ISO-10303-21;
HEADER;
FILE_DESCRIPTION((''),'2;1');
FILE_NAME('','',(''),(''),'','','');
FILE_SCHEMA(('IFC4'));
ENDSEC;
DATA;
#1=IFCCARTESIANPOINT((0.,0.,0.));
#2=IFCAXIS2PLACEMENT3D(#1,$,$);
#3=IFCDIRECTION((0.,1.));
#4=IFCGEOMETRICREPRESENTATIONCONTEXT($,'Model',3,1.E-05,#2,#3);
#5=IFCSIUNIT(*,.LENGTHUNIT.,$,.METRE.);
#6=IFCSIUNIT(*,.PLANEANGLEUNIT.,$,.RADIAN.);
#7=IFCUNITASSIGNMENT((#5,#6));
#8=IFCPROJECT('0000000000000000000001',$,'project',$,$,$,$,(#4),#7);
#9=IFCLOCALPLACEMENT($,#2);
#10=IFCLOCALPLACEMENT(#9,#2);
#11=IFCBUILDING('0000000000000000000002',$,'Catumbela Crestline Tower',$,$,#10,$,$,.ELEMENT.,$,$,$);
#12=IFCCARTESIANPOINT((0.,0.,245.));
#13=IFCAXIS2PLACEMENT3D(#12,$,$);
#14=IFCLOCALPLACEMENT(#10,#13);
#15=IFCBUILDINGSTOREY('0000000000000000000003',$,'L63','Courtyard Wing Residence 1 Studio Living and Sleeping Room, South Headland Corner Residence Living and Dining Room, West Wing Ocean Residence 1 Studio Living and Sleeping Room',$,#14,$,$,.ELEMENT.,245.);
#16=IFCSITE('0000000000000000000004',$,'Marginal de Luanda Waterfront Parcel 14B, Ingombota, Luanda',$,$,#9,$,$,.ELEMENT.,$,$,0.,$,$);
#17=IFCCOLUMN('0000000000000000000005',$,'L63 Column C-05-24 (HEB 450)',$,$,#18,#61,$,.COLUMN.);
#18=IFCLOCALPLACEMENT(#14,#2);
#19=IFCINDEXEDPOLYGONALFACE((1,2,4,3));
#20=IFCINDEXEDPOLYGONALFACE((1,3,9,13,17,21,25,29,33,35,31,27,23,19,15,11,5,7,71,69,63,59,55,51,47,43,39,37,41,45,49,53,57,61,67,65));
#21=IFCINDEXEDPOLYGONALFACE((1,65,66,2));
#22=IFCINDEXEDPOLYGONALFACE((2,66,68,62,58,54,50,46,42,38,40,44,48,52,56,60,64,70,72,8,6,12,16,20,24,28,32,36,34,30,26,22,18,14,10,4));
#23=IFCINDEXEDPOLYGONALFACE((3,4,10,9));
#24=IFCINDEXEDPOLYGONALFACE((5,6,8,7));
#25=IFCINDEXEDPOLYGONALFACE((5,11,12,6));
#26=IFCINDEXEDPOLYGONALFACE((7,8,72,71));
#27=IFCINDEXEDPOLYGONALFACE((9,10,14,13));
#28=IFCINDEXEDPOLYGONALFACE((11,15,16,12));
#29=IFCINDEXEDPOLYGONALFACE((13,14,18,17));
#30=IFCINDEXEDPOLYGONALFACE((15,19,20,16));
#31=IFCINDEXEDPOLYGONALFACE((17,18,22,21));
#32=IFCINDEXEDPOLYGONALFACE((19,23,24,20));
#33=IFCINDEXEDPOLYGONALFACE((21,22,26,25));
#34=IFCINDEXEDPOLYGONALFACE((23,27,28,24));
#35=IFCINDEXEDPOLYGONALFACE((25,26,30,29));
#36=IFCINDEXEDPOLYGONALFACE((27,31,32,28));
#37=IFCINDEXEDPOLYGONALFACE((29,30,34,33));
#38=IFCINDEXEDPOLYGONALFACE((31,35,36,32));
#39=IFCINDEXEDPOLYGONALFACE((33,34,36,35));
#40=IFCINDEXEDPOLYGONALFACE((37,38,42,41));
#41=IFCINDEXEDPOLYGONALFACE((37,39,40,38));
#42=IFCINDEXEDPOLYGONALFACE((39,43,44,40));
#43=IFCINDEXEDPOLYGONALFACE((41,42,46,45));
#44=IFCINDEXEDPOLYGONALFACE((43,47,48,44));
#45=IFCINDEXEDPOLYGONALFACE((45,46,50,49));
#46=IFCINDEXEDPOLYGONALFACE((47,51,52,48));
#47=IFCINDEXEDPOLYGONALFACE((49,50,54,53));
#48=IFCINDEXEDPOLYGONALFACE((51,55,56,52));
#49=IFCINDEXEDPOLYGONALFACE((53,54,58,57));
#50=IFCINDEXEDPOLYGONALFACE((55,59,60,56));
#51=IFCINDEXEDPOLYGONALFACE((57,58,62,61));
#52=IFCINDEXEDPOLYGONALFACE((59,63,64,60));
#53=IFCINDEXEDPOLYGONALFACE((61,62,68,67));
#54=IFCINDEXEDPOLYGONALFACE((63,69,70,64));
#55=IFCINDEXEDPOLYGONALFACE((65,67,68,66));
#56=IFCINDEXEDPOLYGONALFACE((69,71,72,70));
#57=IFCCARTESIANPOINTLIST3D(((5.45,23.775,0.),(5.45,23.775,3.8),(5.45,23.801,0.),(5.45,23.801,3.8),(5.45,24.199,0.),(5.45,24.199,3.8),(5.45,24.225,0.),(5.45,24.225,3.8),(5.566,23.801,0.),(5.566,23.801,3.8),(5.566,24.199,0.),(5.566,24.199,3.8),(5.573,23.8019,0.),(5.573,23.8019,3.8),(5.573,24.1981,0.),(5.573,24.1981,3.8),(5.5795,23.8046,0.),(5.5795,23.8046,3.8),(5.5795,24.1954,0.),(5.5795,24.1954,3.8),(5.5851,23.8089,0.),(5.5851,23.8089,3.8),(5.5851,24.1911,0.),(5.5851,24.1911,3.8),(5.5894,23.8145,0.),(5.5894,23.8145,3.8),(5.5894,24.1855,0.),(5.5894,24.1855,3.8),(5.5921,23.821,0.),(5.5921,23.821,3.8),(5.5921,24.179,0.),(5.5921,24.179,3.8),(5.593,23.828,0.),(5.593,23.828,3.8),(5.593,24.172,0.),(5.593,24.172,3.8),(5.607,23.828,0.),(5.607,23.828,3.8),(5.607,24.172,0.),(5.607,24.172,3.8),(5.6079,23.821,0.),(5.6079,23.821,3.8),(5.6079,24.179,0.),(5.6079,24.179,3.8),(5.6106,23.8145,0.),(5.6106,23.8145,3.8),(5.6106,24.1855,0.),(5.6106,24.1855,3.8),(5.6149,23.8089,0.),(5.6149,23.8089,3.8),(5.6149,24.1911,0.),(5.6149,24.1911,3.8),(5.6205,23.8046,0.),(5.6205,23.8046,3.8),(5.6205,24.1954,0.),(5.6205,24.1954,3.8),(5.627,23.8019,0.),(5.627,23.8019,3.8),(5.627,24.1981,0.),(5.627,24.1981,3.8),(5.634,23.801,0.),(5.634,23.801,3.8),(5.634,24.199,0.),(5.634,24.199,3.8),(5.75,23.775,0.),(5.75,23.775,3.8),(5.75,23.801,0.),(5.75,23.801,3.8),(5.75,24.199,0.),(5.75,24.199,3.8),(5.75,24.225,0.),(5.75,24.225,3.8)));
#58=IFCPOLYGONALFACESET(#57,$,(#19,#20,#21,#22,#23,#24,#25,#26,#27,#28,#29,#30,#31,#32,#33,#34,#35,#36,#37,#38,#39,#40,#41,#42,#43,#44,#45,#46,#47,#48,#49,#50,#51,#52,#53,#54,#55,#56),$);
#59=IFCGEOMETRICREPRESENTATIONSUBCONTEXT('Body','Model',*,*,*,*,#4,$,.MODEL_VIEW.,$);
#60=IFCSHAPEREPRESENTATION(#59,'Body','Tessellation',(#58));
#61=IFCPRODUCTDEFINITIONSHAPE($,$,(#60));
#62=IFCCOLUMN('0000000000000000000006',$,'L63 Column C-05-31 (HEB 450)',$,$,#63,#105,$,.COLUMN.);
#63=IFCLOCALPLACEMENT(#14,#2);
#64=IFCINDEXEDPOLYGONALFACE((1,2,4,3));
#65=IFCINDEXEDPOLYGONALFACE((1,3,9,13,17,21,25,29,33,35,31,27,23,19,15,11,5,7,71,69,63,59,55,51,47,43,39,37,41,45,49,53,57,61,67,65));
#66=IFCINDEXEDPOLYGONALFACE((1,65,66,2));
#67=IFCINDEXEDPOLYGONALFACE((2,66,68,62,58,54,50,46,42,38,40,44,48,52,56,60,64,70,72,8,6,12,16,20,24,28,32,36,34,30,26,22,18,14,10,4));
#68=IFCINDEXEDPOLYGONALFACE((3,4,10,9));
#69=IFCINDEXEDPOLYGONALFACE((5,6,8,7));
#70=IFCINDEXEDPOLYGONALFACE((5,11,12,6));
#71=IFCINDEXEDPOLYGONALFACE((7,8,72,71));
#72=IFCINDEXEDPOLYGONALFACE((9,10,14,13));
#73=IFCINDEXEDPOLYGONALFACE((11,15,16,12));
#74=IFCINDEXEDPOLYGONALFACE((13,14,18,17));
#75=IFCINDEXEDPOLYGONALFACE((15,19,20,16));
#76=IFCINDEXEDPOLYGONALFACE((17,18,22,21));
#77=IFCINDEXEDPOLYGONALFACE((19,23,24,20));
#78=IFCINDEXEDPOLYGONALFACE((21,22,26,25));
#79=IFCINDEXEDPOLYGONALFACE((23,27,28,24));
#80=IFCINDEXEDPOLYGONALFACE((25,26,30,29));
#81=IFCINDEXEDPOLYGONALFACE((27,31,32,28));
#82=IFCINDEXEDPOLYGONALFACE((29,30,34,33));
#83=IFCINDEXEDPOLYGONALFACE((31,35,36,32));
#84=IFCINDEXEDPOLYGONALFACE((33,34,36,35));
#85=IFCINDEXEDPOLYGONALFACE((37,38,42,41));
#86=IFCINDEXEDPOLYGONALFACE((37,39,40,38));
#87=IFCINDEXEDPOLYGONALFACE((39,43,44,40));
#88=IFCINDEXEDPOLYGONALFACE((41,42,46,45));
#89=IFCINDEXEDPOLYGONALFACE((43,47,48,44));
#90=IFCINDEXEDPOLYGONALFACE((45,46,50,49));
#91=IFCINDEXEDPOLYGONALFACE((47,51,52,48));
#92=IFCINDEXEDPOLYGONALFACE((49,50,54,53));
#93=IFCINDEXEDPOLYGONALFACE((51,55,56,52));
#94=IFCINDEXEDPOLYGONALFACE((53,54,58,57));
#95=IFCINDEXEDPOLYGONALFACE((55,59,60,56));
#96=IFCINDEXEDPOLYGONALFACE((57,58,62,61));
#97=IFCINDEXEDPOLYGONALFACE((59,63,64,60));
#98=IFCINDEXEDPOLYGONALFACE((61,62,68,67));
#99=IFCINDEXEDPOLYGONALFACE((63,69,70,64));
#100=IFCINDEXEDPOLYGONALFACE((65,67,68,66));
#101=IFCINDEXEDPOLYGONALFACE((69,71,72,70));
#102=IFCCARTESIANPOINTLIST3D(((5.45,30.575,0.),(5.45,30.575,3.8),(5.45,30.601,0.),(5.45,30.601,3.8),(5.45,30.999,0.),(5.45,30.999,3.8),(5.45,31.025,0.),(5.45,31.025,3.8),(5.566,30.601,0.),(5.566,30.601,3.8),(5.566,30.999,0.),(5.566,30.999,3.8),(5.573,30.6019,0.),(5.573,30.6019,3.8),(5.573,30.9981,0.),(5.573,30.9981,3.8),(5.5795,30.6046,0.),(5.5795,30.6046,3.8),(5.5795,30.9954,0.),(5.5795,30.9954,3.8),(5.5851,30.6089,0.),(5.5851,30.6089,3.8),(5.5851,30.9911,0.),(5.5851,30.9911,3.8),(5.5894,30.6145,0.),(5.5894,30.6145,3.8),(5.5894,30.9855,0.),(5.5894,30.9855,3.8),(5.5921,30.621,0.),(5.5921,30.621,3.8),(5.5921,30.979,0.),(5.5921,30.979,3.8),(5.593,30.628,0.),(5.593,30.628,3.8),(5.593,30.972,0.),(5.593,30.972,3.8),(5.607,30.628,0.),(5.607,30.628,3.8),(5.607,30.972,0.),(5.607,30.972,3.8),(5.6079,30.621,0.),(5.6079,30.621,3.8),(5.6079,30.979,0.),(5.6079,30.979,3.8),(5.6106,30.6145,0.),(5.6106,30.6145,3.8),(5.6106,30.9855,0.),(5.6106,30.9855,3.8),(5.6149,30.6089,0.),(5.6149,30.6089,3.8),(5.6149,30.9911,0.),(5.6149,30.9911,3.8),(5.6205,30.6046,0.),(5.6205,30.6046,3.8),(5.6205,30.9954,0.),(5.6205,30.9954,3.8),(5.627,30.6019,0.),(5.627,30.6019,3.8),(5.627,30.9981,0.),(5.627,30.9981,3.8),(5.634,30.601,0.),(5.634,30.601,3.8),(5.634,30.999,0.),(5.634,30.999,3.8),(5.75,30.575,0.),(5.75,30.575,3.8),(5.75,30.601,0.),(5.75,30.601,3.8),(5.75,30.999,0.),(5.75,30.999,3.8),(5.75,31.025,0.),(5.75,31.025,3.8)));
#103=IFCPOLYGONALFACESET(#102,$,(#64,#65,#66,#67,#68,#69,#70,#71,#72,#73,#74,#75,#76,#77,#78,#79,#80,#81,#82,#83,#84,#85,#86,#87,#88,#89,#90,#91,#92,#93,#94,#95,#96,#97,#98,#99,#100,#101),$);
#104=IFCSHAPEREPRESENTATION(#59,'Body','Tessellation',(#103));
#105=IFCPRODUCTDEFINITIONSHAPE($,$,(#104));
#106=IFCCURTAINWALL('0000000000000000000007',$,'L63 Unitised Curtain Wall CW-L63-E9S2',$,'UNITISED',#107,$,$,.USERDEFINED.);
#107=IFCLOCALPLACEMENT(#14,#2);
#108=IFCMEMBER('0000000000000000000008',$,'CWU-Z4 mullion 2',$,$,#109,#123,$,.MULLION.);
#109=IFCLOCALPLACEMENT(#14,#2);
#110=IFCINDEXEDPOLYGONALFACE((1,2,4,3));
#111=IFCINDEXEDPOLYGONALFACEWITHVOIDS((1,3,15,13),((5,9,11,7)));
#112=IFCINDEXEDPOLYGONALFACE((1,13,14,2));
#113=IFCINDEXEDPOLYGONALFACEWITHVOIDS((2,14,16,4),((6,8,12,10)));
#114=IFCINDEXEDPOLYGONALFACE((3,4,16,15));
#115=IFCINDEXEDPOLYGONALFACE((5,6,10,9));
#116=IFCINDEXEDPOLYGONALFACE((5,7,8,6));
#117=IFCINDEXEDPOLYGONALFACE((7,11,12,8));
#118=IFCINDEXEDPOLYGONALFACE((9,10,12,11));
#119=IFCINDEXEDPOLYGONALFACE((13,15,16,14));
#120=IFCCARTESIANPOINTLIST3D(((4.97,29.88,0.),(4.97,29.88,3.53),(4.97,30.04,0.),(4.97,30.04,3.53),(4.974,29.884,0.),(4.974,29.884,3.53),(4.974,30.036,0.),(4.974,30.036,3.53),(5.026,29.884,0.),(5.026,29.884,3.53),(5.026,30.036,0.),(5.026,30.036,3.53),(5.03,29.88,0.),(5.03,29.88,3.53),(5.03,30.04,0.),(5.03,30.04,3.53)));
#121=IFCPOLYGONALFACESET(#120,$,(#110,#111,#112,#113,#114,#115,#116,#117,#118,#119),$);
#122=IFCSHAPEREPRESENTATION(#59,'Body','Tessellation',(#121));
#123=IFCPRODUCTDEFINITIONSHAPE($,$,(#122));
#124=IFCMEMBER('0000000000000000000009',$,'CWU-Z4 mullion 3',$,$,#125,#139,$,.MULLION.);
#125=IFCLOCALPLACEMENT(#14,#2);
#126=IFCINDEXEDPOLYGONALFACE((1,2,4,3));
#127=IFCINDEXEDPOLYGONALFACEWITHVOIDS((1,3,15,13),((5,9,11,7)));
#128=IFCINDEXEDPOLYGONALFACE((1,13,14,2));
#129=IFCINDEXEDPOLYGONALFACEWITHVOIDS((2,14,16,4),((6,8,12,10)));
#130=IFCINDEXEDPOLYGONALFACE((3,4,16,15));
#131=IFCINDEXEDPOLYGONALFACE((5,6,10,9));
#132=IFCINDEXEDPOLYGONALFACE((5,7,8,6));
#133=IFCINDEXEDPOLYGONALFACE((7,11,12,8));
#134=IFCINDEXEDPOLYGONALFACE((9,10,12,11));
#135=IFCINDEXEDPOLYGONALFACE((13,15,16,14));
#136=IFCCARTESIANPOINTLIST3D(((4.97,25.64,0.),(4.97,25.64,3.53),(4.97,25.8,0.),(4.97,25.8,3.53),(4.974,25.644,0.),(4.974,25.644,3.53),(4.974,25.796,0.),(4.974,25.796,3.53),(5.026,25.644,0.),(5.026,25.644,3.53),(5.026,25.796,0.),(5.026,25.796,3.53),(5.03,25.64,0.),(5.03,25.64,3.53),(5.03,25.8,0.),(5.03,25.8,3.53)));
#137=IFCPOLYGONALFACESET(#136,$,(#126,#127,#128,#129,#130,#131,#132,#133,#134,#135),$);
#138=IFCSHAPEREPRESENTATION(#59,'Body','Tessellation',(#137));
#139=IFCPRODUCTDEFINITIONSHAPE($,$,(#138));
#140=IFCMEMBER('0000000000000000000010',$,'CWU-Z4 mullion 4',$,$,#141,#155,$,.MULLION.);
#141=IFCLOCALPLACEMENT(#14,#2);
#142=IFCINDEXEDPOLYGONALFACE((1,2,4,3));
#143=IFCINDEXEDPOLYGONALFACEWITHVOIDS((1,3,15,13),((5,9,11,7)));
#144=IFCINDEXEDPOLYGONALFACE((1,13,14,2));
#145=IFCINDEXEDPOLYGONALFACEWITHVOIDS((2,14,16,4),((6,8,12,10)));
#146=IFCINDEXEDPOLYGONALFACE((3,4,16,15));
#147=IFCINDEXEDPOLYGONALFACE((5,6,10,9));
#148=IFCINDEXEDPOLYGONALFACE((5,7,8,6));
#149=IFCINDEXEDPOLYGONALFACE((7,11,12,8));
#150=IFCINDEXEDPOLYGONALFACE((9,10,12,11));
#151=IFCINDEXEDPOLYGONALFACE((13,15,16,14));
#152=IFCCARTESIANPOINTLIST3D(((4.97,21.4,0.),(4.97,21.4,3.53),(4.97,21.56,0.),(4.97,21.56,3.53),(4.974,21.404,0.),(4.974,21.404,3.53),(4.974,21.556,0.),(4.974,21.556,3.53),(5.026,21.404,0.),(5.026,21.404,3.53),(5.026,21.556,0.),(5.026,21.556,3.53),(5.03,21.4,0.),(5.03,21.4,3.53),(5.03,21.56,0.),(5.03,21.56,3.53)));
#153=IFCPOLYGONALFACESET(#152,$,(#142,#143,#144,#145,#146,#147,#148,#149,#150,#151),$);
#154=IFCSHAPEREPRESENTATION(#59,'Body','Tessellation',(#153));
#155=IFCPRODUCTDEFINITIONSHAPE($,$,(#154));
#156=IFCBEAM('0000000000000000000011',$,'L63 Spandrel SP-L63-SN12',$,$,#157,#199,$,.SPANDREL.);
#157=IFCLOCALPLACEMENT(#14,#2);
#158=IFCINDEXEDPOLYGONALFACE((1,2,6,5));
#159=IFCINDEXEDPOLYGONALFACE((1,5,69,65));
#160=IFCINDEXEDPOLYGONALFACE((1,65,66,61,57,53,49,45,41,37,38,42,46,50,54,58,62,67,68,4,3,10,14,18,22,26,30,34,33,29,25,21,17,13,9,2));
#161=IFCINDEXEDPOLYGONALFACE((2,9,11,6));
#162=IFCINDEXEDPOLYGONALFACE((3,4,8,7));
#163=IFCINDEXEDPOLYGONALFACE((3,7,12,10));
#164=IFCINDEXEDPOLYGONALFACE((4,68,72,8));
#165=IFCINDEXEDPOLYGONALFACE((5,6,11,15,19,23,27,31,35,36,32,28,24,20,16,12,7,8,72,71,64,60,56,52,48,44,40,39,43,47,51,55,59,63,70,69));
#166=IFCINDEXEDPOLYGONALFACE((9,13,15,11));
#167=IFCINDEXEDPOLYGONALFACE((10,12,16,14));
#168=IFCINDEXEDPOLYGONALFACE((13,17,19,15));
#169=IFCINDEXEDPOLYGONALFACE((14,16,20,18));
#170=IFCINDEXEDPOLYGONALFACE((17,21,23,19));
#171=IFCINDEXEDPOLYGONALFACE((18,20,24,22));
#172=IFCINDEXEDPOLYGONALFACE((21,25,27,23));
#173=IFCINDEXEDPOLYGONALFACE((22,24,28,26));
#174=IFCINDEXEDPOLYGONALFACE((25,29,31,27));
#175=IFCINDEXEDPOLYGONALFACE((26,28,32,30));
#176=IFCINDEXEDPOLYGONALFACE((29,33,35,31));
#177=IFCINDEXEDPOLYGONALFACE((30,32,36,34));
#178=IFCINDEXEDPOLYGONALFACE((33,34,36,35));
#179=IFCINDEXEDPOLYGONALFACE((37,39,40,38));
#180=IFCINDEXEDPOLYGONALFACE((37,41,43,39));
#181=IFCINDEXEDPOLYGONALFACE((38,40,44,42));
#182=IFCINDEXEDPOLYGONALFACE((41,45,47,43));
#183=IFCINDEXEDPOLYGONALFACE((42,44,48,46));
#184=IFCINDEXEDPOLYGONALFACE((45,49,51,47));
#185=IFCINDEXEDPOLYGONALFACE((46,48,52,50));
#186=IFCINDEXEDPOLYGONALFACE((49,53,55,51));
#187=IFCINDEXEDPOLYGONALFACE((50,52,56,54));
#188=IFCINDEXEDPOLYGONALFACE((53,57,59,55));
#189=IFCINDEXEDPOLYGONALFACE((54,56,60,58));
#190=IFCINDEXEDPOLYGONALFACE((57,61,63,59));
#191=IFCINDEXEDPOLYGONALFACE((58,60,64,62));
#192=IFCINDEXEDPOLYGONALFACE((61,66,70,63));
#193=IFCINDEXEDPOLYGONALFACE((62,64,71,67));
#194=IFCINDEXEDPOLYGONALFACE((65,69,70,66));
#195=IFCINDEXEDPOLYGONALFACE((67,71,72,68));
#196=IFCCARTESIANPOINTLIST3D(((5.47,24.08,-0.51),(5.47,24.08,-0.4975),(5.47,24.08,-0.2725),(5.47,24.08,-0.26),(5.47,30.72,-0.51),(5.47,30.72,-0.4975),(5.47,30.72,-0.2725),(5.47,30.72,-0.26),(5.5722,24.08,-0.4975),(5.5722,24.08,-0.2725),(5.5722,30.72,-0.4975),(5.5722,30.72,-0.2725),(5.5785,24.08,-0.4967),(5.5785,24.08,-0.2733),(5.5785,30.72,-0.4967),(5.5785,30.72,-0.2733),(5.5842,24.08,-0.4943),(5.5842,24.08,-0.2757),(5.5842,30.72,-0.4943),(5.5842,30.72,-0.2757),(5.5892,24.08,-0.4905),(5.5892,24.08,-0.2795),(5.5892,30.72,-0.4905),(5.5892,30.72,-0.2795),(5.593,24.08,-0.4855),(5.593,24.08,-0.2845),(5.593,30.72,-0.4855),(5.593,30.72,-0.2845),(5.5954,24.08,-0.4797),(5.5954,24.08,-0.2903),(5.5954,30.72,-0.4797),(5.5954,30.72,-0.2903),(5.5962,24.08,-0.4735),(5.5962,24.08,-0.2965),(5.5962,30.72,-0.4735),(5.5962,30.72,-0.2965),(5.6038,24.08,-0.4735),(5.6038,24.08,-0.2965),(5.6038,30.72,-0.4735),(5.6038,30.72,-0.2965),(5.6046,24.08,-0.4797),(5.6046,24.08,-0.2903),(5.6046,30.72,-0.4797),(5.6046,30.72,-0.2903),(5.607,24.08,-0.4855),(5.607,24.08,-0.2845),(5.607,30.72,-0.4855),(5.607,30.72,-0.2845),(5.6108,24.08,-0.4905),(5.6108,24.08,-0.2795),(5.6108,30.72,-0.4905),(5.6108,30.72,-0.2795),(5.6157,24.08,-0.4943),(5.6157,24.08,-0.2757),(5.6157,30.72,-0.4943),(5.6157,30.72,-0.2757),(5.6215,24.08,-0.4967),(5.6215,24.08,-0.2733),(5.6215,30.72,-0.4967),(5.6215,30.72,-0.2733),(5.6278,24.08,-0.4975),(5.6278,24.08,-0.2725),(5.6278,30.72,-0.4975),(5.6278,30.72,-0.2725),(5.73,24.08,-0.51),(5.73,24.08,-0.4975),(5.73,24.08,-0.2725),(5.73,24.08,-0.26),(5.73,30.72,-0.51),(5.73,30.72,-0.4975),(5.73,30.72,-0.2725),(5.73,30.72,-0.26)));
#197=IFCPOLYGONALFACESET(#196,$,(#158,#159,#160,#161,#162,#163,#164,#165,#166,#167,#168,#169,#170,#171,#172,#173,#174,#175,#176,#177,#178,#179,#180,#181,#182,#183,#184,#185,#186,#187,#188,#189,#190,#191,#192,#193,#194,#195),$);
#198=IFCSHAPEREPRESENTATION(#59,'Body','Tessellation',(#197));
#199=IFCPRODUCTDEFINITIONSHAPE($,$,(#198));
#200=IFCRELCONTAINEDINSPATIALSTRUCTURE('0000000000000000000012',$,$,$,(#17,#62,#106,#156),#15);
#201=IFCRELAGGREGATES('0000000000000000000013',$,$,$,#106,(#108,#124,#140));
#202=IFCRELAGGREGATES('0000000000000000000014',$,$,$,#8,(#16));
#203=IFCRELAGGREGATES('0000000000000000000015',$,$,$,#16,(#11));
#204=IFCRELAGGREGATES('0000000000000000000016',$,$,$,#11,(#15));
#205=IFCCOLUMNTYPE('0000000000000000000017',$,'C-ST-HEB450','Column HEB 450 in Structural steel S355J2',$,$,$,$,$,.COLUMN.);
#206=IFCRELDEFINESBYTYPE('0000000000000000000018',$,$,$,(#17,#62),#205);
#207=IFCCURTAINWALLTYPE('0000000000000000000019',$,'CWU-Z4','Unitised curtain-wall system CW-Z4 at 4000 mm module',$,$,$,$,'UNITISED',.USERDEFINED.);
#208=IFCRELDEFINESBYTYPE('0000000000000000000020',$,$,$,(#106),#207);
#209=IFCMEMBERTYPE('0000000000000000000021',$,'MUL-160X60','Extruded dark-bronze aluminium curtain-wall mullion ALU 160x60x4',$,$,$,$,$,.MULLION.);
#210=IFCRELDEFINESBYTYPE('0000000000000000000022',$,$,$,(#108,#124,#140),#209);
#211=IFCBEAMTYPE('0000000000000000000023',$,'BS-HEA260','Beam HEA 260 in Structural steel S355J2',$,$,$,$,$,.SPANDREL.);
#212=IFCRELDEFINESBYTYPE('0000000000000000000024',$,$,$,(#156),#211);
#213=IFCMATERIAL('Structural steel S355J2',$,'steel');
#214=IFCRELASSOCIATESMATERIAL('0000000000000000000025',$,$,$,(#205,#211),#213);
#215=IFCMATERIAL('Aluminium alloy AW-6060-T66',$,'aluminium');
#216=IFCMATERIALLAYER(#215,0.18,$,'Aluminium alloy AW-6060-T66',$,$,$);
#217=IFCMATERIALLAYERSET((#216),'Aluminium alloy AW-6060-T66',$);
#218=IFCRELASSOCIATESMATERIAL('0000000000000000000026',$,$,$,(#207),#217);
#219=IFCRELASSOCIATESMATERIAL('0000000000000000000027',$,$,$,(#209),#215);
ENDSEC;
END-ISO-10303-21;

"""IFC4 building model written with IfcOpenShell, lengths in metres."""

from ifc_helpers import new_model, si_unit, direction, frame, origin, origin_2d, place, context, subcontext, project, spatial, hollow_rectangle, i_section, extrude, material, layer, layer_set, material_profile, profile_set, type_object, element, aggregate, save


model = new_model("IFC4")

# Units and contexts
model_context = context("Model", 3, precision=1e-05, world=origin(), true_north=direction((0.0, 1.0)))
body_context = subcontext(model_context, "Body", "Model", "MODEL_VIEW")
ifc_project = project(units=[si_unit("LENGTHUNIT", "METRE"), si_unit("PLANEANGLEUNIT", "RADIAN")], contexts=[model_context])

# Site, building, storey
site_placement = place(None, origin())
site = spatial("IfcSite", under=ifc_project, at=site_placement, Name="Marginal de Luanda Waterfront Parcel 14B, Ingombota, Luanda", CompositionType="ELEMENT", RefElevation=0.0)
building_placement = place(site_placement, origin())
building = spatial("IfcBuilding", under=site, at=building_placement, Name="Catumbela Crestline Tower", CompositionType="ELEMENT")
storey_placement = place(building_placement, frame((0.0, 0.0, 245.0)))
storey = spatial("IfcBuildingStorey", under=building, at=storey_placement, Name="L63", Description="Courtyard Wing Residence 1 Studio Living and Sleeping Room, South Headland Corner Residence Living and Dining Room, West Wing Ocean Residence 1 Studio Living and Sleeping Room", CompositionType="ELEMENT", Elevation=245.0)

# Columns
ifc_material_1 = material(Name="Structural steel S355J2", Category="steel")
ifc_material_profile_1 = material_profile(ifc_material_1, i_section(OverallWidth=0.3, OverallDepth=0.45, WebThickness=0.014, FlangeThickness=0.026, FilletRadius=0.027, at=origin_2d()), Name="HEB 450")
ifc_profile_set_1 = profile_set([ifc_material_profile_1], Name="Structural steel S355J2")
column_type = type_object("IfcColumnType", Name="C-ST-HEB450", Description="Column HEB 450 in Structural steel S355J2", PredefinedType="COLUMN", material=ifc_profile_set_1)
for number, where, z_axis, x_axis, name in (
    (1, (5.6, 24.0, 0.0), (0.0, 0.0, 1.0), (1.0, 0.0, 0.0), "L63 Column C-05-24 (HEB 450)"),
    (2, (5.6, 30.8, 0.0), (0.0, 0.0, 1.0), (1.0, 0.0, 0.0), "L63 Column C-05-31 (HEB 450)"),
):
    element("IfcColumn", number, at=place(storey_placement, frame(where, z_axis=z_axis, x_axis=x_axis)), inside=storey, type_object=column_type, Name=name, PredefinedType="COLUMN", context=body_context, shape_type="SweptSolid", body=[
        extrude(i_section(OverallWidth=0.3, OverallDepth=0.45, WebThickness=0.014, FlangeThickness=0.026, FilletRadius=0.027, at=origin_2d()), origin(), (0.0, 0.0, 1.0), 3.8),
    ])

# Curtain wall, members
ifc_material_2 = material(Name="Aluminium alloy AW-6060-T66", Category="aluminium")
ifc_layer_1 = layer(ifc_material_2, 0.18, Name="Aluminium alloy AW-6060-T66")
ifc_layer_set_1 = layer_set([ifc_layer_1], Name="Aluminium alloy AW-6060-T66")
curtain_wall_type = type_object("IfcCurtainWallType", Name="CWU-Z4", Description="Unitised curtain-wall system CW-Z4 at 4000 mm module", ElementType="UNITISED", PredefinedType="USERDEFINED", material=ifc_layer_set_1)
curtain_wall_placement = place(storey_placement, origin())
curtain_wall = element("IfcCurtainWall", 3, at=curtain_wall_placement, inside=storey, type_object=curtain_wall_type, Name="L63 Unitised Curtain Wall CW-L63-E9S2", ObjectType="UNITISED", PredefinedType="USERDEFINED")
ifc_material_profile_2 = material_profile(ifc_material_2, hollow_rectangle(XDim=0.06, YDim=0.16, WallThickness=0.004, at=origin_2d()), Name="ALU 160x60x4")
ifc_profile_set_2 = profile_set([ifc_material_profile_2], Name="Aluminium alloy AW-6060-T66")
member_type_1 = type_object("IfcMemberType", Name="MUL-160X60", Description="Extruded dark-bronze aluminium curtain-wall mullion ALU 160x60x4", PredefinedType="MULLION", material=ifc_profile_set_2)
member_1_placement = place(storey_placement, frame((5.0, 29.96, 0.0), z_axis=(0.0, 0.0, 1.0), x_axis=(1.0, 0.0, 0.0)))
member_1 = element("IfcMember", 4, at=member_1_placement, type_object=member_type_1, Name="CWU-Z4 mullion 2", PredefinedType="MULLION", context=body_context, shape_type="SweptSolid", body=[
    extrude(hollow_rectangle(XDim=0.06, YDim=0.16, WallThickness=0.004, at=origin_2d()), origin(), (0.0, 0.0, 1.0), 3.53),
])
member_2_placement = place(storey_placement, frame((5.0, 25.72, 0.0), z_axis=(0.0, 0.0, 1.0), x_axis=(1.0, 0.0, 0.0)))
member_2 = element("IfcMember", 5, at=member_2_placement, type_object=member_type_1, Name="CWU-Z4 mullion 3", PredefinedType="MULLION", context=body_context, shape_type="SweptSolid", body=[
    extrude(hollow_rectangle(XDim=0.06, YDim=0.16, WallThickness=0.004, at=origin_2d()), origin(), (0.0, 0.0, 1.0), 3.53),
])
member_3_placement = place(storey_placement, frame((5.0, 21.48, 0.0), z_axis=(0.0, 0.0, 1.0), x_axis=(1.0, 0.0, 0.0)))
member_3 = element("IfcMember", 6, at=member_3_placement, type_object=member_type_1, Name="CWU-Z4 mullion 4", PredefinedType="MULLION", context=body_context, shape_type="SweptSolid", body=[
    extrude(hollow_rectangle(XDim=0.06, YDim=0.16, WallThickness=0.004, at=origin_2d()), origin(), (0.0, 0.0, 1.0), 3.53),
])

# Beam
ifc_material_profile_3 = material_profile(ifc_material_1, i_section(OverallWidth=0.26, OverallDepth=0.25, WebThickness=0.0075, FlangeThickness=0.0125, FilletRadius=0.024, at=origin_2d()), Name="HEA 260")
ifc_profile_set_3 = profile_set([ifc_material_profile_3], Name="Structural steel S355J2")
beam_type = type_object("IfcBeamType", Name="BS-HEA260", Description="Beam HEA 260 in Structural steel S355J2", PredefinedType="SPANDREL", material=ifc_profile_set_3)
beam_placement = place(storey_placement, frame((5.6, 24.08, -0.385), z_axis=(0.0, 1.0, 0.0), x_axis=(-1.0, 0.0, 0.0)))
element("IfcBeam", 7, at=beam_placement, inside=storey, type_object=beam_type, Name="L63 Spandrel SP-L63-SN12", PredefinedType="SPANDREL", context=body_context, shape_type="SweptSolid", body=[
    extrude(i_section(OverallWidth=0.26, OverallDepth=0.25, WebThickness=0.0075, FlangeThickness=0.0125, FilletRadius=0.024, at=origin_2d()), origin(), (0.0, 0.0, 1.0), 6.64),
])

aggregate(curtain_wall, [member_1, member_2, member_3])

save(model, "model.ifc")
